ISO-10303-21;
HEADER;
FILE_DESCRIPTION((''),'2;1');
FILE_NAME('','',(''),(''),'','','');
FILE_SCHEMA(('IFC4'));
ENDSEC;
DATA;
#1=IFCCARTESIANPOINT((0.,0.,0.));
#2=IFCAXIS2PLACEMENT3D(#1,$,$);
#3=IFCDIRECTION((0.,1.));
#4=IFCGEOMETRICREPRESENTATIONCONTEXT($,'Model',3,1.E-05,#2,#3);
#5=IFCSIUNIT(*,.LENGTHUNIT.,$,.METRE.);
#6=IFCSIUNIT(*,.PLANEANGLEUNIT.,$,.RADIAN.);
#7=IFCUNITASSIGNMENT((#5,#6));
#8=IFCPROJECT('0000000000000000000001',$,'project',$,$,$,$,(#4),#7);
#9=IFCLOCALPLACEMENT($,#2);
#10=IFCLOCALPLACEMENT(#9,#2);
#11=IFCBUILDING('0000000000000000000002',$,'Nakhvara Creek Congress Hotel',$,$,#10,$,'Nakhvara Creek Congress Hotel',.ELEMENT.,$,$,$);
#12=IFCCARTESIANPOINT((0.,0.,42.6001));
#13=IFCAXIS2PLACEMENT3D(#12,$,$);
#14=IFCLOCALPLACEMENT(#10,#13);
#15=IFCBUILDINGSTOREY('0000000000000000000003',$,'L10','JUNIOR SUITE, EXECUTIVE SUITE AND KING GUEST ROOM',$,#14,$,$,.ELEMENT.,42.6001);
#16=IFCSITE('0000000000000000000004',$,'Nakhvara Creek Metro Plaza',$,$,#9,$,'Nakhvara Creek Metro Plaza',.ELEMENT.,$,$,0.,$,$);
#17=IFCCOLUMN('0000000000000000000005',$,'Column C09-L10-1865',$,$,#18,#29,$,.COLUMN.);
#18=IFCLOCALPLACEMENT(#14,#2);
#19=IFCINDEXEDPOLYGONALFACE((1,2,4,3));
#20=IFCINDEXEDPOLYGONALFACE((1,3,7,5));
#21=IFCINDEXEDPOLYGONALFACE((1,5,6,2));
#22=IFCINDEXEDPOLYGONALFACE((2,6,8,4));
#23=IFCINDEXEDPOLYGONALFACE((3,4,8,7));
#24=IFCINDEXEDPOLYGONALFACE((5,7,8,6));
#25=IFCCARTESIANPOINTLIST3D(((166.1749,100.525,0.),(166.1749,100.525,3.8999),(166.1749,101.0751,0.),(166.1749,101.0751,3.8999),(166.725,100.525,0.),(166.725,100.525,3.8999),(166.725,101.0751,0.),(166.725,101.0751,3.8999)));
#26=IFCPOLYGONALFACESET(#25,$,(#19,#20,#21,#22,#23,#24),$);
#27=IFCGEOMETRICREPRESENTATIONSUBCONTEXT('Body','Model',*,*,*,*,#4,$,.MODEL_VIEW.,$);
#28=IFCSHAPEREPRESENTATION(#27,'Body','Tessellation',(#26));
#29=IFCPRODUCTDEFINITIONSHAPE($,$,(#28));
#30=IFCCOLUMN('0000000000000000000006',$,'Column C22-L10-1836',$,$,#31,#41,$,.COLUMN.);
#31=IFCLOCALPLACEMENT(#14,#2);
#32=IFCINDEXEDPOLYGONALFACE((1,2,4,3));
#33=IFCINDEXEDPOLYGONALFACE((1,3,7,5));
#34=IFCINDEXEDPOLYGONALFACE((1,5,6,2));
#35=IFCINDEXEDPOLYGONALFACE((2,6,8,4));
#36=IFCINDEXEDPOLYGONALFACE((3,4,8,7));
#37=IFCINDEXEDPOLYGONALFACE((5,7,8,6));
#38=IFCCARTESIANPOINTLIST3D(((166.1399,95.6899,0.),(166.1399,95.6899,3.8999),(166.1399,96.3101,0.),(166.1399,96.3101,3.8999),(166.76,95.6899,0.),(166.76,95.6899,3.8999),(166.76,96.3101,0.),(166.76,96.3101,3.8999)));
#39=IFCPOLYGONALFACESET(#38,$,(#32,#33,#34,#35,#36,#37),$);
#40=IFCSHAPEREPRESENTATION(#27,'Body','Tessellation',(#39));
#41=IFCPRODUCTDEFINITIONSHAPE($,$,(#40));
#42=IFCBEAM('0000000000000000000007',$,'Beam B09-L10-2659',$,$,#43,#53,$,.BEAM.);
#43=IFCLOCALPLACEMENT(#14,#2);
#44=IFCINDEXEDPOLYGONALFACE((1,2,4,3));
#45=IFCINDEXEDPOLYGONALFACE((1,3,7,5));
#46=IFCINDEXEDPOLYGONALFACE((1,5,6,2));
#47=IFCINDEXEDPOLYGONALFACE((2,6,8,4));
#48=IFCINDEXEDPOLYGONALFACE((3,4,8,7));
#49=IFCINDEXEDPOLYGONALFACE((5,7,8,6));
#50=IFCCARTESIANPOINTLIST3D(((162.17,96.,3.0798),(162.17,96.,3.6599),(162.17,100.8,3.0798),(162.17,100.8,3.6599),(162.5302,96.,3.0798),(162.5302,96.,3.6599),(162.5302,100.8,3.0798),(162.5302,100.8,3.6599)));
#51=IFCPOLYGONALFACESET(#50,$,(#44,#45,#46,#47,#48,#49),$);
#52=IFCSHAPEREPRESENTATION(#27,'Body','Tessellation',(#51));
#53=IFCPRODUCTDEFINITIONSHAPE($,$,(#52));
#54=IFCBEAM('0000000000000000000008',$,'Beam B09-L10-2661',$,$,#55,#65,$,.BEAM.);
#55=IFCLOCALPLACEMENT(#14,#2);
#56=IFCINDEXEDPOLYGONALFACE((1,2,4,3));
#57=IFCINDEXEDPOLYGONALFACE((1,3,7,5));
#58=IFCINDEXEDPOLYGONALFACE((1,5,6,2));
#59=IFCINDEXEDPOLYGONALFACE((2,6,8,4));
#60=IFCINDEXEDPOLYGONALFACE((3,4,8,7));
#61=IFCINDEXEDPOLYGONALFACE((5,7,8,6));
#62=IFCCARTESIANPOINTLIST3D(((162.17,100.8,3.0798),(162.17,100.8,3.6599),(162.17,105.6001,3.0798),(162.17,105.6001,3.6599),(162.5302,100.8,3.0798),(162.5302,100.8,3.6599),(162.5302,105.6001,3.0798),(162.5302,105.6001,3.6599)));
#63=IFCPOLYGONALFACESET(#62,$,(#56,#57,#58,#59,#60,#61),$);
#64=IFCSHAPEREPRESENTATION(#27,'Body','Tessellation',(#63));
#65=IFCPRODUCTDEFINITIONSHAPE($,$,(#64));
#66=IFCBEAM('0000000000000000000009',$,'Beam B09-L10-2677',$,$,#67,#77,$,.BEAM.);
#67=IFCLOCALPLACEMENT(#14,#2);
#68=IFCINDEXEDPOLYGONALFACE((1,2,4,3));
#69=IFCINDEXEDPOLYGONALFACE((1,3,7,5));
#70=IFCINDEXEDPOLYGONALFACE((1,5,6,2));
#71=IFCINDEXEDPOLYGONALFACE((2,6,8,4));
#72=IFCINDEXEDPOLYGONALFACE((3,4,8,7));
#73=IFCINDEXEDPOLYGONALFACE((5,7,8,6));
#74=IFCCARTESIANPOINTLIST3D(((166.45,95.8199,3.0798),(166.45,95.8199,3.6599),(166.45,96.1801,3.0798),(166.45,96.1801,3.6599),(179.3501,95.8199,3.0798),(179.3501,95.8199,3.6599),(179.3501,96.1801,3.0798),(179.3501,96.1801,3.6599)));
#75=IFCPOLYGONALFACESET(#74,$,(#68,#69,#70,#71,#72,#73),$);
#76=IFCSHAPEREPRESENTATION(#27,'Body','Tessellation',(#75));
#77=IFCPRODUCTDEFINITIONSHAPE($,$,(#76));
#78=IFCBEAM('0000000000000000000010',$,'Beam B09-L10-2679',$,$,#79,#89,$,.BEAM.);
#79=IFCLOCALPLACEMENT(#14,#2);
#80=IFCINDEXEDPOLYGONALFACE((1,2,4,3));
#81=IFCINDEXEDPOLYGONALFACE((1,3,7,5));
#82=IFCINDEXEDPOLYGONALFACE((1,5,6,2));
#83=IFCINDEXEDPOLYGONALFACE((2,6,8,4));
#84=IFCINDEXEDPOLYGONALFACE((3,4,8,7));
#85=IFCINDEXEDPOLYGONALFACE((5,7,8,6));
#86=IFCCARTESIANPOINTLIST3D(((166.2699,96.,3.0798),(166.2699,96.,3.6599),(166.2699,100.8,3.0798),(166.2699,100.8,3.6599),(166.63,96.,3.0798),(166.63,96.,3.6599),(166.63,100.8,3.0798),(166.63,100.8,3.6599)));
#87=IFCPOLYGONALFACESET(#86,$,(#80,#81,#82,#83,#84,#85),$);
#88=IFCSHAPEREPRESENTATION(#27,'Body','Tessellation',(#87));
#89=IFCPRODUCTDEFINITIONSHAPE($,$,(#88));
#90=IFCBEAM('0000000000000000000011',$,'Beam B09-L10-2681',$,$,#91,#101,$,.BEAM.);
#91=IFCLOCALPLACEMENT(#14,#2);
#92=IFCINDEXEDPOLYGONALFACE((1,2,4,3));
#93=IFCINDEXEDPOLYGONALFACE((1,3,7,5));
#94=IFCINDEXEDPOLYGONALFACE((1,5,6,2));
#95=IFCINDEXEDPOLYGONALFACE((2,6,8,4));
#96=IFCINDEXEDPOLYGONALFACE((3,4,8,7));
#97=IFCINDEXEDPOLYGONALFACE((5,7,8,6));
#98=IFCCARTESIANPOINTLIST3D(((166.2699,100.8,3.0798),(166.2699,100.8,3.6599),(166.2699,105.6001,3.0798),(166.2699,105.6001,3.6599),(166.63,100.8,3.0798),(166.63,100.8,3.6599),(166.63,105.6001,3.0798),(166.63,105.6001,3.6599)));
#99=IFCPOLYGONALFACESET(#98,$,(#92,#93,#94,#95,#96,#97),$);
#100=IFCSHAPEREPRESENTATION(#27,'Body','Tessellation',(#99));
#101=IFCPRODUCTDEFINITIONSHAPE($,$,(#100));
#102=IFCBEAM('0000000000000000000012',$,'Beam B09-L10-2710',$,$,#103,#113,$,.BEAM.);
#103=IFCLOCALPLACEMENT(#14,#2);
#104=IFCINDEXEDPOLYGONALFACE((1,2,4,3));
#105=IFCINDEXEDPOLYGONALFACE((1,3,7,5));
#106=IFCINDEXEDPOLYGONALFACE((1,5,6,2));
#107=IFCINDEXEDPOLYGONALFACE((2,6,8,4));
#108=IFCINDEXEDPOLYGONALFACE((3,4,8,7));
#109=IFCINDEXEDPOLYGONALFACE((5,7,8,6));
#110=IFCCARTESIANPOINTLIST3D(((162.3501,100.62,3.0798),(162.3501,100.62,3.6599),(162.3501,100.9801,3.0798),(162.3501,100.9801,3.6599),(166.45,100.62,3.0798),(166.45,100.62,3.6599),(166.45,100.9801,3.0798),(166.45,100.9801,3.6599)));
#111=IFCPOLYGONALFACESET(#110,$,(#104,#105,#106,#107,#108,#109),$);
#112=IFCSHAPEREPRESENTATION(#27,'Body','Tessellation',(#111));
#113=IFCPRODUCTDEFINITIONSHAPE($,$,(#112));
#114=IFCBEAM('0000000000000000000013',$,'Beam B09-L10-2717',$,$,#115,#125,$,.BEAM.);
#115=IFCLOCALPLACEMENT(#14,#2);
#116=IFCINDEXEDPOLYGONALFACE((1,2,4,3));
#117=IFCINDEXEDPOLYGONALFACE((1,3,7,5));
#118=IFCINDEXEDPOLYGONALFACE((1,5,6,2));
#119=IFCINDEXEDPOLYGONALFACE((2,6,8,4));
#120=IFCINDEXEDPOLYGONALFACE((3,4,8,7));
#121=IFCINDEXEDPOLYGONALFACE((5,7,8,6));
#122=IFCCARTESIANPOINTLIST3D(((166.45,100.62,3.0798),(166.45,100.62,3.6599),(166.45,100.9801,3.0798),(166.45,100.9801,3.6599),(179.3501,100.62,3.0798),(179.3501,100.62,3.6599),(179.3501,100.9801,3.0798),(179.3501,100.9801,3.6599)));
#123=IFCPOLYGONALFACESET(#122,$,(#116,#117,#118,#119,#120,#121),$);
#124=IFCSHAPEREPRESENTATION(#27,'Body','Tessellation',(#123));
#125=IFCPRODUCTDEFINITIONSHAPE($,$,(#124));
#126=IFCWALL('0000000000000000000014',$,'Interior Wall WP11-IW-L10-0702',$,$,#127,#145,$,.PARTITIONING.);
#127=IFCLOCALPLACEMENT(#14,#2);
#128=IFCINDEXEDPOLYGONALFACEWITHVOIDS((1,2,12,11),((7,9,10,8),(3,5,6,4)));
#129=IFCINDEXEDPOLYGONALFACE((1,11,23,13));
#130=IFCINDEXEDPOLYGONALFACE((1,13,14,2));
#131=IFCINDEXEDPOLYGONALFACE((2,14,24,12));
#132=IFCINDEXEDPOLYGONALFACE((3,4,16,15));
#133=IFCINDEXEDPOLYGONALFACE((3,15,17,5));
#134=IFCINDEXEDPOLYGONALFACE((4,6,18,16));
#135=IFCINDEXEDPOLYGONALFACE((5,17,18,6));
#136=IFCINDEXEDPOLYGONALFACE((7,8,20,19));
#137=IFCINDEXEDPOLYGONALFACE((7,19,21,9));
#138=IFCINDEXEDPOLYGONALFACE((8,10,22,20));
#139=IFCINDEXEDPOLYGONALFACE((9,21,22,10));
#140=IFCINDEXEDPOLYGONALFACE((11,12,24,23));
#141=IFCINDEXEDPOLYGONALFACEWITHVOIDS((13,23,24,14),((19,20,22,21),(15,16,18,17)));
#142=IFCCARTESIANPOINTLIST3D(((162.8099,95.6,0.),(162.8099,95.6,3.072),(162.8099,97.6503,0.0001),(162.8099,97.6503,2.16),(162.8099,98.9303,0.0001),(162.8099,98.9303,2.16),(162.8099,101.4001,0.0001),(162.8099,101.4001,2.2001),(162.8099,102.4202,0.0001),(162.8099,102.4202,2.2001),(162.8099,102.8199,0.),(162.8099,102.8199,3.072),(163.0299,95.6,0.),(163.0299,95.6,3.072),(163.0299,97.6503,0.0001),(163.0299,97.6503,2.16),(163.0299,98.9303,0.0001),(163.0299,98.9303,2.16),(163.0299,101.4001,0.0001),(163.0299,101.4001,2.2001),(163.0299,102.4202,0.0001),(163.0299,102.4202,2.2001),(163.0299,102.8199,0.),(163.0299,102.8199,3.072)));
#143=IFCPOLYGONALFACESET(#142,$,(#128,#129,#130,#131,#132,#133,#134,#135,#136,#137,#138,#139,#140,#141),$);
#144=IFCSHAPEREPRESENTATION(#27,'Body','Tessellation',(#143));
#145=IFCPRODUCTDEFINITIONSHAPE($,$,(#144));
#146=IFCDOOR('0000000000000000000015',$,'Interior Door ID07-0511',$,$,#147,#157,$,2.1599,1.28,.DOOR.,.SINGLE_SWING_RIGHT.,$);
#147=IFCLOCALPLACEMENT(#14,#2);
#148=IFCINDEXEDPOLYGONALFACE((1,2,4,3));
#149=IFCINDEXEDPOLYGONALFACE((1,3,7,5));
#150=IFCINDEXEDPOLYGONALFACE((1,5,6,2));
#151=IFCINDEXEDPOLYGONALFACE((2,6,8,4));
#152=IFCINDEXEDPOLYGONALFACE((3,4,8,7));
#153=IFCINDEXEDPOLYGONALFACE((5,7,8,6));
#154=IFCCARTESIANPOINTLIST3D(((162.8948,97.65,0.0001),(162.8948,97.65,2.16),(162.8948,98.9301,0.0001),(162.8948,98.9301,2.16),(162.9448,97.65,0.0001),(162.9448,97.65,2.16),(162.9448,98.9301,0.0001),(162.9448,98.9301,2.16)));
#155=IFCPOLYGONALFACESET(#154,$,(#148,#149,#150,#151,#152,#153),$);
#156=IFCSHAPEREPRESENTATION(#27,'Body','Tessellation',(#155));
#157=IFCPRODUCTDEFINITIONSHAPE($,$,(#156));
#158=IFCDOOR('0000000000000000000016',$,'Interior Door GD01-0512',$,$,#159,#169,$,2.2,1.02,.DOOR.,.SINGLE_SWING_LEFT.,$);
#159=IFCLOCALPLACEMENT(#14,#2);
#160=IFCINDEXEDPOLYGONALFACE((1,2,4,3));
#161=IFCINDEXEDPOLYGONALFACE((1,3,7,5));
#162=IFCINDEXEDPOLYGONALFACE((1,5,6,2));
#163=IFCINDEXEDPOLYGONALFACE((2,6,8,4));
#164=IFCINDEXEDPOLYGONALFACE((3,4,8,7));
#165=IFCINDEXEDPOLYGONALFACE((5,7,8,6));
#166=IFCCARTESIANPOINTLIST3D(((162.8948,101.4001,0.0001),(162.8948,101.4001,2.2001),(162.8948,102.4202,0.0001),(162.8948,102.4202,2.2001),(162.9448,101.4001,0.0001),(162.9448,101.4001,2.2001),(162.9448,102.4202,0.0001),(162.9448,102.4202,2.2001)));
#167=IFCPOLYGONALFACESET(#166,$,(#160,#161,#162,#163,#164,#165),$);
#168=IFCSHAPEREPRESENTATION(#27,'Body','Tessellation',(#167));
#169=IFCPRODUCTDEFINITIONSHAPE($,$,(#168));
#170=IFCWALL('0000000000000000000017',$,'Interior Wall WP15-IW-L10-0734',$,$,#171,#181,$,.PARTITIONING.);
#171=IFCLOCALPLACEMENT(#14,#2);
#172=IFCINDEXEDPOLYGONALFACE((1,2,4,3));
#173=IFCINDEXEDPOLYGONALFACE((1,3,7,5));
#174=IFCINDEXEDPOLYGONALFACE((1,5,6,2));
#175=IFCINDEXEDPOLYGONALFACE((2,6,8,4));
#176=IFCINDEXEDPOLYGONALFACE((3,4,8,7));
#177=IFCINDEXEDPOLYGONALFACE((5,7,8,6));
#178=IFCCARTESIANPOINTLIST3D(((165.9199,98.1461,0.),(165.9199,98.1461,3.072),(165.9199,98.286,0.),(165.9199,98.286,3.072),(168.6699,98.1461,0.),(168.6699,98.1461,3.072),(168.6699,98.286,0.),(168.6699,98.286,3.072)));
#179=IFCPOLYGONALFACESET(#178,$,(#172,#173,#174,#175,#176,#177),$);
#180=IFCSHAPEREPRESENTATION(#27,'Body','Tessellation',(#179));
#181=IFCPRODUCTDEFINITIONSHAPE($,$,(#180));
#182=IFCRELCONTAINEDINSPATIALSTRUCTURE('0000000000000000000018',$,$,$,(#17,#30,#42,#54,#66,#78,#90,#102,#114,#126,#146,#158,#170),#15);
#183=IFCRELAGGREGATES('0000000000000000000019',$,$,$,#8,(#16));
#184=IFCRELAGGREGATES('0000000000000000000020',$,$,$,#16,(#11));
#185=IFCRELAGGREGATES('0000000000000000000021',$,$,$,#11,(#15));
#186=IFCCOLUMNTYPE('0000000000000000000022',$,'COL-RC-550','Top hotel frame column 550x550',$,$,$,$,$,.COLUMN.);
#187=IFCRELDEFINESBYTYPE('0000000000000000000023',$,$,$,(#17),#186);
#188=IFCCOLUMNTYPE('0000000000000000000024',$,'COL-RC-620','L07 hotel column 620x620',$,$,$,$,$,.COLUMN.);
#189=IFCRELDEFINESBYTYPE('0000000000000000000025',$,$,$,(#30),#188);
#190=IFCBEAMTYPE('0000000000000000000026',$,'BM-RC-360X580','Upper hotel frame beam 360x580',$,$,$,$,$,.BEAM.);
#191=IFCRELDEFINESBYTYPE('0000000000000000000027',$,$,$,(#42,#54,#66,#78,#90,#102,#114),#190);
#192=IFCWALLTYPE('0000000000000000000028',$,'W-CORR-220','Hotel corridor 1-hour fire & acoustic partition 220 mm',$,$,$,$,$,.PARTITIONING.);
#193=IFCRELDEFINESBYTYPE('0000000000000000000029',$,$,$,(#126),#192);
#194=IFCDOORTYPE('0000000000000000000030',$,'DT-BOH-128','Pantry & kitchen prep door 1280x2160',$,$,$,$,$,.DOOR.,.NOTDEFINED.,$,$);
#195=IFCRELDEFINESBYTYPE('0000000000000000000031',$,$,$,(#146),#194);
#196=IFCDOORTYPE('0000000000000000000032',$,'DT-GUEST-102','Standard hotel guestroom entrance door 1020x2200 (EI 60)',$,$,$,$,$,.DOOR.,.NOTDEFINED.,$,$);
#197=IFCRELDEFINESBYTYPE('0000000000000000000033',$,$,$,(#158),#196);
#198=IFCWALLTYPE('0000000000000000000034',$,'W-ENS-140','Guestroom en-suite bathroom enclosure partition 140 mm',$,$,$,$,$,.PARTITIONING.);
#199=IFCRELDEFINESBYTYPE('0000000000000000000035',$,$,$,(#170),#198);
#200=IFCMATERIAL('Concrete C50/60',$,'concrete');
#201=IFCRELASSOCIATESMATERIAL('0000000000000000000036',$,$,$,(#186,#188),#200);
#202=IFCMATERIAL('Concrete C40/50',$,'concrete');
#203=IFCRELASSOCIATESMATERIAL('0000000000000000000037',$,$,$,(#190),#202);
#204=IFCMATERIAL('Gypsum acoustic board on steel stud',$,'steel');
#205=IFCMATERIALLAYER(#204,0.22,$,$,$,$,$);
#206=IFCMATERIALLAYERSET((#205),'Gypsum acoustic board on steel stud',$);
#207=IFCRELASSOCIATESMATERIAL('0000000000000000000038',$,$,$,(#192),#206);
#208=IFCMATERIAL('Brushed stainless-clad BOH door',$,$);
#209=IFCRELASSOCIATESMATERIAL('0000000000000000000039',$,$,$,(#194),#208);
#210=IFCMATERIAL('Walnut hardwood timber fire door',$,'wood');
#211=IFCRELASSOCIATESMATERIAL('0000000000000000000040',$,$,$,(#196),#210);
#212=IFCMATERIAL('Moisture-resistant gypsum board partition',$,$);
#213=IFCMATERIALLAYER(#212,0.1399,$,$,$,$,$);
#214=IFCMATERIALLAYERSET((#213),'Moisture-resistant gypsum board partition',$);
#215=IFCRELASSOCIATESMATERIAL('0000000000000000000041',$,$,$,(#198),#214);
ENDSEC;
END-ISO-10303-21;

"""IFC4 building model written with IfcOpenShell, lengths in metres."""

from ifc_helpers import new_model, si_unit, direction, frame, frame_2d, origin, origin_2d, place, context, subcontext, project, spatial, rectangle, extrude, material, layer, layer_set, material_profile, profile_set, type_object, element, fill, save


model = new_model("IFC4")

# Units and contexts
model_context = context("Model", 3, precision=1e-05, world=origin(), true_north=direction((0.0, 1.0)))
body_context = subcontext(model_context, "Body", "Model", "MODEL_VIEW")
ifc_project = project(units=[si_unit("LENGTHUNIT", "METRE"), si_unit("PLANEANGLEUNIT", "RADIAN")], contexts=[model_context])

# Site, building, storey
site_placement = place(None, origin())
site = spatial("IfcSite", under=ifc_project, at=site_placement, Name="Nakhvara Creek Metro Plaza", LongName="Nakhvara Creek Metro Plaza", CompositionType="ELEMENT", RefElevation=0.0)
building_placement = place(site_placement, origin())
building = spatial("IfcBuilding", under=site, at=building_placement, Name="Nakhvara Creek Congress Hotel", LongName="Nakhvara Creek Congress Hotel", CompositionType="ELEMENT")
storey_placement = place(building_placement, frame((0.0, 0.0, 42.6001)))
storey = spatial("IfcBuildingStorey", under=building, at=storey_placement, Name="L10", Description="JUNIOR SUITE, EXECUTIVE SUITE AND KING GUEST ROOM", CompositionType="ELEMENT", Elevation=42.6001)

# Columns
ifc_material_1 = material(Name="Concrete C50/60", Category="concrete")
ifc_material_profile_1 = material_profile(ifc_material_1, rectangle(XDim=0.55, YDim=0.55, at=origin_2d()), Name="RC-COL 550x550", Category="LoadBearing")
ifc_profile_set_1 = profile_set([ifc_material_profile_1], Name="Concrete C50/60")
column_type_1 = type_object("IfcColumnType", Name="COL-RC-550", Description="Top hotel frame column 550x550", PredefinedType="COLUMN", material=ifc_profile_set_1)
column_1_placement = place(storey_placement, frame((166.45, 100.8, 0.0), z_axis=(0.0, 0.0, 1.0), x_axis=(1.0, 0.0, 0.0)))
element("IfcColumn", 1, at=column_1_placement, inside=storey, type_object=column_type_1, Name="Column C09-L10-1865", PredefinedType="COLUMN", context=body_context, shape_type="SweptSolid", body=[
    extrude(rectangle(XDim=0.55, YDim=0.55, at=origin_2d()), origin(), (0.0, 0.0, 1.0), 3.8999),
])
ifc_material_profile_2 = material_profile(ifc_material_1, rectangle(XDim=0.6201, YDim=0.6201, at=origin_2d()), Name="RC-COL 620x620", Category="LoadBearing")
ifc_profile_set_2 = profile_set([ifc_material_profile_2], Name="Concrete C50/60")
column_type_2 = type_object("IfcColumnType", Name="COL-RC-620", Description="L07 hotel column 620x620", PredefinedType="COLUMN", material=ifc_profile_set_2)
column_2_placement = place(storey_placement, frame((166.45, 96.0, 0.0), z_axis=(0.0, 0.0, 1.0), x_axis=(1.0, 0.0, 0.0)))
element("IfcColumn", 2, at=column_2_placement, inside=storey, type_object=column_type_2, Name="Column C22-L10-1836", PredefinedType="COLUMN", context=body_context, shape_type="SweptSolid", body=[
    extrude(rectangle(XDim=0.6201, YDim=0.6201, at=origin_2d()), origin(), (0.0, 0.0, 1.0), 3.8999),
])

# Beams
ifc_material_2 = material(Name="Concrete C40/50", Category="concrete")
ifc_material_profile_3 = material_profile(ifc_material_2, rectangle(XDim=0.3601, YDim=0.5801, at=origin_2d()), Name="RC-BM 360x580", Category="LoadBearing")
ifc_profile_set_3 = profile_set([ifc_material_profile_3], Name="Concrete C40/50")
beam_type = type_object("IfcBeamType", Name="BM-RC-360X580", Description="Upper hotel frame beam 360x580", PredefinedType="BEAM", material=ifc_profile_set_3)
for number, where, z_axis, x_axis, name in (
    (3, (162.3501, 96.0, 3.3699), (0.0, 1.0, 0.0), (-1.0, 0.0, 0.0), "Beam B09-L10-2659"),
    (4, (162.3501, 100.8, 3.3699), (0.0, 1.0, 0.0), (-1.0, 0.0, 0.0), "Beam B09-L10-2661"),
):
    element("IfcBeam", number, at=place(storey_placement, frame(where, z_axis=z_axis, x_axis=x_axis)), inside=storey, type_object=beam_type, Name=name, PredefinedType="BEAM", context=body_context, shape_type="SweptSolid", body=[
        extrude(rectangle(XDim=0.3601, YDim=0.5801, at=origin_2d()), origin(), (0.0, 0.0, 1.0), 4.8),
    ])
beam_1_placement = place(storey_placement, frame((166.45, 96.0, 3.3699), z_axis=(1.0, 0.0, 0.0), x_axis=(0.0, 1.0, 0.0)))
element("IfcBeam", 5, at=beam_1_placement, inside=storey, type_object=beam_type, Name="Beam B09-L10-2677", PredefinedType="BEAM", context=body_context, shape_type="SweptSolid", body=[
    extrude(rectangle(XDim=0.3601, YDim=0.5801, at=origin_2d()), origin(), (0.0, 0.0, 1.0), 12.9001),
])
for number, where, z_axis, x_axis, name in (
    (6, (166.45, 96.0, 3.3699), (0.0, 1.0, 0.0), (-1.0, 0.0, 0.0), "Beam B09-L10-2679"),
    (7, (166.45, 100.8, 3.3699), (0.0, 1.0, 0.0), (-1.0, 0.0, 0.0), "Beam B09-L10-2681"),
):
    element("IfcBeam", number, at=place(storey_placement, frame(where, z_axis=z_axis, x_axis=x_axis)), inside=storey, type_object=beam_type, Name=name, PredefinedType="BEAM", context=body_context, shape_type="SweptSolid", body=[
        extrude(rectangle(XDim=0.3601, YDim=0.5801, at=origin_2d()), origin(), (0.0, 0.0, 1.0), 4.8),
    ])
beam_2_placement = place(storey_placement, frame((162.3501, 100.8, 3.3699), z_axis=(1.0, 0.0, 0.0), x_axis=(0.0, 1.0, 0.0)))
element("IfcBeam", 8, at=beam_2_placement, inside=storey, type_object=beam_type, Name="Beam B09-L10-2710", PredefinedType="BEAM", context=body_context, shape_type="SweptSolid", body=[
    extrude(rectangle(XDim=0.3601, YDim=0.5801, at=origin_2d()), origin(), (0.0, 0.0, 1.0), 4.0999),
])
beam_3_placement = place(storey_placement, frame((166.45, 100.8, 3.3699), z_axis=(1.0, 0.0, 0.0), x_axis=(0.0, 1.0, 0.0)))
element("IfcBeam", 9, at=beam_3_placement, inside=storey, type_object=beam_type, Name="Beam B09-L10-2717", PredefinedType="BEAM", context=body_context, shape_type="SweptSolid", body=[
    extrude(rectangle(XDim=0.3601, YDim=0.5801, at=origin_2d()), origin(), (0.0, 0.0, 1.0), 12.9001),
])

# Wall, openings, doors
ifc_material_3 = material(Name="Gypsum acoustic board on steel stud", Category="steel")
ifc_layer_1 = layer(ifc_material_3, 0.22)
ifc_layer_set_1 = layer_set([ifc_layer_1], Name="Gypsum acoustic board on steel stud")
wall_type_1 = type_object("IfcWallType", Name="W-CORR-220", Description="Hotel corridor 1-hour fire & acoustic partition 220 mm", PredefinedType="PARTITIONING", material=ifc_layer_set_1)
wall_1_placement = place(storey_placement, frame((162.9199, 95.6001, 0.0), z_axis=(0.0, 0.0, 1.0), x_axis=(0.0, 1.0, 0.0)))
wall_1 = element("IfcWall", 10, at=wall_1_placement, inside=storey, type_object=wall_type_1, Name="Interior Wall WP11-IW-L10-0702", PredefinedType="PARTITIONING", context=body_context, shape_type="SweptSolid", body=[
    extrude(rectangle(XDim=7.22, YDim=0.22, at=frame_2d((3.6099, 0.0))), origin(), (0.0, 0.0, 1.0), 3.072),
])
opening_1_placement = place(wall_1_placement, frame((2.05, 0.0, 0.0)))
opening_1 = element("IfcOpeningElement", 11, at=opening_1_placement, cuts=wall_1, PredefinedType="OPENING", context=body_context, shape_type="SweptSolid", body=[
    extrude(rectangle(XDim=1.28, YDim=2.1599, at=frame_2d((0.6401, 1.0801))), frame((0.0, 0.1221, 0.0), z_axis=(0.0, -1.0, 0.0), x_axis=(1.0, 0.0, 0.0)), (0.0, 0.0, 1.0), 0.2439),
])
opening_2_placement = place(wall_1_placement, frame((5.8, 0.0, 0.0)))
opening_2 = element("IfcOpeningElement", 12, at=opening_2_placement, cuts=wall_1, PredefinedType="OPENING", context=body_context, shape_type="SweptSolid", body=[
    extrude(rectangle(XDim=1.02, YDim=2.2, at=frame_2d((0.51, 1.1001))), frame((0.0, 0.1221, 0.0), z_axis=(0.0, -1.0, 0.0), x_axis=(1.0, 0.0, 0.0)), (0.0, 0.0, 1.0), 0.2439),
])
ifc_material_4 = material(Name="Brushed stainless-clad BOH door")
door_type_1 = type_object("IfcDoorType", Name="DT-BOH-128", Description="Pantry & kitchen prep door 1280x2160", OperationType="NOTDEFINED", PredefinedType="DOOR", material=ifc_material_4)
door_1_placement = place(opening_1_placement, frame((1.28, 0.0, 0.0), z_axis=(0.0, 0.0, 1.0), x_axis=(-1.0, 0.0, 0.0)))
door_1 = element("IfcDoor", 13, at=door_1_placement, inside=storey, type_object=door_type_1, Name="Interior Door ID07-0511", OperationType="SINGLE_SWING_RIGHT", OverallHeight=2.1599, OverallWidth=1.28, PredefinedType="DOOR", context=body_context, shape_type="SweptSolid", body=[
    extrude(rectangle(XDim=1.28, YDim=2.1599, at=frame_2d((0.6401, 1.0801))), frame((0.0, 0.0249, 0.0), z_axis=(0.0, -1.0, 0.0), x_axis=(1.0, 0.0, 0.0)), (0.0, 0.0, 1.0), 0.05),
])
fill(opening_1, door_1)
ifc_material_5 = material(Name="Walnut hardwood timber fire door", Category="wood")
door_type_2 = type_object("IfcDoorType", Name="DT-GUEST-102", Description="Standard hotel guestroom entrance door 1020x2200 (EI 60)", OperationType="NOTDEFINED", PredefinedType="DOOR", material=ifc_material_5)
door_2_placement = place(opening_2_placement, frame((1.02, 0.0, 0.0), z_axis=(0.0, 0.0, 1.0), x_axis=(-1.0, 0.0, 0.0)))
door_2 = element("IfcDoor", 14, at=door_2_placement, inside=storey, type_object=door_type_2, Name="Interior Door GD01-0512", OperationType="SINGLE_SWING_LEFT", OverallHeight=2.2, OverallWidth=1.02, PredefinedType="DOOR", context=body_context, shape_type="SweptSolid", body=[
    extrude(rectangle(XDim=1.02, YDim=2.2, at=frame_2d((0.51, 1.1001))), frame((0.0, 0.0249, 0.0), z_axis=(0.0, -1.0, 0.0), x_axis=(1.0, 0.0, 0.0)), (0.0, 0.0, 1.0), 0.05),
])
fill(opening_2, door_2)

# Shared definitions
ifc_material_6 = material(Name="Moisture-resistant gypsum board partition")
ifc_layer_2 = layer(ifc_material_6, 0.1399)
ifc_layer_set_2 = layer_set([ifc_layer_2], Name="Moisture-resistant gypsum board partition")
wall_type_2 = type_object("IfcWallType", Name="W-ENS-140", Description="Guestroom en-suite bathroom enclosure partition 140 mm", PredefinedType="PARTITIONING", material=ifc_layer_set_2)

# Wall
wall_2_placement = place(storey_placement, frame((165.9199, 98.2161, 0.0), z_axis=(0.0, 0.0, 1.0), x_axis=(1.0, 0.0, 0.0)))
element("IfcWall", 15, at=wall_2_placement, inside=storey, type_object=wall_type_2, Name="Interior Wall WP15-IW-L10-0734", PredefinedType="PARTITIONING", context=body_context, shape_type="SweptSolid", body=[
    extrude(rectangle(XDim=2.75, YDim=0.1399, at=frame_2d((1.375, 0.0))), origin(), (0.0, 0.0, 1.0), 3.072),
])

save(model, "model.ifc")
